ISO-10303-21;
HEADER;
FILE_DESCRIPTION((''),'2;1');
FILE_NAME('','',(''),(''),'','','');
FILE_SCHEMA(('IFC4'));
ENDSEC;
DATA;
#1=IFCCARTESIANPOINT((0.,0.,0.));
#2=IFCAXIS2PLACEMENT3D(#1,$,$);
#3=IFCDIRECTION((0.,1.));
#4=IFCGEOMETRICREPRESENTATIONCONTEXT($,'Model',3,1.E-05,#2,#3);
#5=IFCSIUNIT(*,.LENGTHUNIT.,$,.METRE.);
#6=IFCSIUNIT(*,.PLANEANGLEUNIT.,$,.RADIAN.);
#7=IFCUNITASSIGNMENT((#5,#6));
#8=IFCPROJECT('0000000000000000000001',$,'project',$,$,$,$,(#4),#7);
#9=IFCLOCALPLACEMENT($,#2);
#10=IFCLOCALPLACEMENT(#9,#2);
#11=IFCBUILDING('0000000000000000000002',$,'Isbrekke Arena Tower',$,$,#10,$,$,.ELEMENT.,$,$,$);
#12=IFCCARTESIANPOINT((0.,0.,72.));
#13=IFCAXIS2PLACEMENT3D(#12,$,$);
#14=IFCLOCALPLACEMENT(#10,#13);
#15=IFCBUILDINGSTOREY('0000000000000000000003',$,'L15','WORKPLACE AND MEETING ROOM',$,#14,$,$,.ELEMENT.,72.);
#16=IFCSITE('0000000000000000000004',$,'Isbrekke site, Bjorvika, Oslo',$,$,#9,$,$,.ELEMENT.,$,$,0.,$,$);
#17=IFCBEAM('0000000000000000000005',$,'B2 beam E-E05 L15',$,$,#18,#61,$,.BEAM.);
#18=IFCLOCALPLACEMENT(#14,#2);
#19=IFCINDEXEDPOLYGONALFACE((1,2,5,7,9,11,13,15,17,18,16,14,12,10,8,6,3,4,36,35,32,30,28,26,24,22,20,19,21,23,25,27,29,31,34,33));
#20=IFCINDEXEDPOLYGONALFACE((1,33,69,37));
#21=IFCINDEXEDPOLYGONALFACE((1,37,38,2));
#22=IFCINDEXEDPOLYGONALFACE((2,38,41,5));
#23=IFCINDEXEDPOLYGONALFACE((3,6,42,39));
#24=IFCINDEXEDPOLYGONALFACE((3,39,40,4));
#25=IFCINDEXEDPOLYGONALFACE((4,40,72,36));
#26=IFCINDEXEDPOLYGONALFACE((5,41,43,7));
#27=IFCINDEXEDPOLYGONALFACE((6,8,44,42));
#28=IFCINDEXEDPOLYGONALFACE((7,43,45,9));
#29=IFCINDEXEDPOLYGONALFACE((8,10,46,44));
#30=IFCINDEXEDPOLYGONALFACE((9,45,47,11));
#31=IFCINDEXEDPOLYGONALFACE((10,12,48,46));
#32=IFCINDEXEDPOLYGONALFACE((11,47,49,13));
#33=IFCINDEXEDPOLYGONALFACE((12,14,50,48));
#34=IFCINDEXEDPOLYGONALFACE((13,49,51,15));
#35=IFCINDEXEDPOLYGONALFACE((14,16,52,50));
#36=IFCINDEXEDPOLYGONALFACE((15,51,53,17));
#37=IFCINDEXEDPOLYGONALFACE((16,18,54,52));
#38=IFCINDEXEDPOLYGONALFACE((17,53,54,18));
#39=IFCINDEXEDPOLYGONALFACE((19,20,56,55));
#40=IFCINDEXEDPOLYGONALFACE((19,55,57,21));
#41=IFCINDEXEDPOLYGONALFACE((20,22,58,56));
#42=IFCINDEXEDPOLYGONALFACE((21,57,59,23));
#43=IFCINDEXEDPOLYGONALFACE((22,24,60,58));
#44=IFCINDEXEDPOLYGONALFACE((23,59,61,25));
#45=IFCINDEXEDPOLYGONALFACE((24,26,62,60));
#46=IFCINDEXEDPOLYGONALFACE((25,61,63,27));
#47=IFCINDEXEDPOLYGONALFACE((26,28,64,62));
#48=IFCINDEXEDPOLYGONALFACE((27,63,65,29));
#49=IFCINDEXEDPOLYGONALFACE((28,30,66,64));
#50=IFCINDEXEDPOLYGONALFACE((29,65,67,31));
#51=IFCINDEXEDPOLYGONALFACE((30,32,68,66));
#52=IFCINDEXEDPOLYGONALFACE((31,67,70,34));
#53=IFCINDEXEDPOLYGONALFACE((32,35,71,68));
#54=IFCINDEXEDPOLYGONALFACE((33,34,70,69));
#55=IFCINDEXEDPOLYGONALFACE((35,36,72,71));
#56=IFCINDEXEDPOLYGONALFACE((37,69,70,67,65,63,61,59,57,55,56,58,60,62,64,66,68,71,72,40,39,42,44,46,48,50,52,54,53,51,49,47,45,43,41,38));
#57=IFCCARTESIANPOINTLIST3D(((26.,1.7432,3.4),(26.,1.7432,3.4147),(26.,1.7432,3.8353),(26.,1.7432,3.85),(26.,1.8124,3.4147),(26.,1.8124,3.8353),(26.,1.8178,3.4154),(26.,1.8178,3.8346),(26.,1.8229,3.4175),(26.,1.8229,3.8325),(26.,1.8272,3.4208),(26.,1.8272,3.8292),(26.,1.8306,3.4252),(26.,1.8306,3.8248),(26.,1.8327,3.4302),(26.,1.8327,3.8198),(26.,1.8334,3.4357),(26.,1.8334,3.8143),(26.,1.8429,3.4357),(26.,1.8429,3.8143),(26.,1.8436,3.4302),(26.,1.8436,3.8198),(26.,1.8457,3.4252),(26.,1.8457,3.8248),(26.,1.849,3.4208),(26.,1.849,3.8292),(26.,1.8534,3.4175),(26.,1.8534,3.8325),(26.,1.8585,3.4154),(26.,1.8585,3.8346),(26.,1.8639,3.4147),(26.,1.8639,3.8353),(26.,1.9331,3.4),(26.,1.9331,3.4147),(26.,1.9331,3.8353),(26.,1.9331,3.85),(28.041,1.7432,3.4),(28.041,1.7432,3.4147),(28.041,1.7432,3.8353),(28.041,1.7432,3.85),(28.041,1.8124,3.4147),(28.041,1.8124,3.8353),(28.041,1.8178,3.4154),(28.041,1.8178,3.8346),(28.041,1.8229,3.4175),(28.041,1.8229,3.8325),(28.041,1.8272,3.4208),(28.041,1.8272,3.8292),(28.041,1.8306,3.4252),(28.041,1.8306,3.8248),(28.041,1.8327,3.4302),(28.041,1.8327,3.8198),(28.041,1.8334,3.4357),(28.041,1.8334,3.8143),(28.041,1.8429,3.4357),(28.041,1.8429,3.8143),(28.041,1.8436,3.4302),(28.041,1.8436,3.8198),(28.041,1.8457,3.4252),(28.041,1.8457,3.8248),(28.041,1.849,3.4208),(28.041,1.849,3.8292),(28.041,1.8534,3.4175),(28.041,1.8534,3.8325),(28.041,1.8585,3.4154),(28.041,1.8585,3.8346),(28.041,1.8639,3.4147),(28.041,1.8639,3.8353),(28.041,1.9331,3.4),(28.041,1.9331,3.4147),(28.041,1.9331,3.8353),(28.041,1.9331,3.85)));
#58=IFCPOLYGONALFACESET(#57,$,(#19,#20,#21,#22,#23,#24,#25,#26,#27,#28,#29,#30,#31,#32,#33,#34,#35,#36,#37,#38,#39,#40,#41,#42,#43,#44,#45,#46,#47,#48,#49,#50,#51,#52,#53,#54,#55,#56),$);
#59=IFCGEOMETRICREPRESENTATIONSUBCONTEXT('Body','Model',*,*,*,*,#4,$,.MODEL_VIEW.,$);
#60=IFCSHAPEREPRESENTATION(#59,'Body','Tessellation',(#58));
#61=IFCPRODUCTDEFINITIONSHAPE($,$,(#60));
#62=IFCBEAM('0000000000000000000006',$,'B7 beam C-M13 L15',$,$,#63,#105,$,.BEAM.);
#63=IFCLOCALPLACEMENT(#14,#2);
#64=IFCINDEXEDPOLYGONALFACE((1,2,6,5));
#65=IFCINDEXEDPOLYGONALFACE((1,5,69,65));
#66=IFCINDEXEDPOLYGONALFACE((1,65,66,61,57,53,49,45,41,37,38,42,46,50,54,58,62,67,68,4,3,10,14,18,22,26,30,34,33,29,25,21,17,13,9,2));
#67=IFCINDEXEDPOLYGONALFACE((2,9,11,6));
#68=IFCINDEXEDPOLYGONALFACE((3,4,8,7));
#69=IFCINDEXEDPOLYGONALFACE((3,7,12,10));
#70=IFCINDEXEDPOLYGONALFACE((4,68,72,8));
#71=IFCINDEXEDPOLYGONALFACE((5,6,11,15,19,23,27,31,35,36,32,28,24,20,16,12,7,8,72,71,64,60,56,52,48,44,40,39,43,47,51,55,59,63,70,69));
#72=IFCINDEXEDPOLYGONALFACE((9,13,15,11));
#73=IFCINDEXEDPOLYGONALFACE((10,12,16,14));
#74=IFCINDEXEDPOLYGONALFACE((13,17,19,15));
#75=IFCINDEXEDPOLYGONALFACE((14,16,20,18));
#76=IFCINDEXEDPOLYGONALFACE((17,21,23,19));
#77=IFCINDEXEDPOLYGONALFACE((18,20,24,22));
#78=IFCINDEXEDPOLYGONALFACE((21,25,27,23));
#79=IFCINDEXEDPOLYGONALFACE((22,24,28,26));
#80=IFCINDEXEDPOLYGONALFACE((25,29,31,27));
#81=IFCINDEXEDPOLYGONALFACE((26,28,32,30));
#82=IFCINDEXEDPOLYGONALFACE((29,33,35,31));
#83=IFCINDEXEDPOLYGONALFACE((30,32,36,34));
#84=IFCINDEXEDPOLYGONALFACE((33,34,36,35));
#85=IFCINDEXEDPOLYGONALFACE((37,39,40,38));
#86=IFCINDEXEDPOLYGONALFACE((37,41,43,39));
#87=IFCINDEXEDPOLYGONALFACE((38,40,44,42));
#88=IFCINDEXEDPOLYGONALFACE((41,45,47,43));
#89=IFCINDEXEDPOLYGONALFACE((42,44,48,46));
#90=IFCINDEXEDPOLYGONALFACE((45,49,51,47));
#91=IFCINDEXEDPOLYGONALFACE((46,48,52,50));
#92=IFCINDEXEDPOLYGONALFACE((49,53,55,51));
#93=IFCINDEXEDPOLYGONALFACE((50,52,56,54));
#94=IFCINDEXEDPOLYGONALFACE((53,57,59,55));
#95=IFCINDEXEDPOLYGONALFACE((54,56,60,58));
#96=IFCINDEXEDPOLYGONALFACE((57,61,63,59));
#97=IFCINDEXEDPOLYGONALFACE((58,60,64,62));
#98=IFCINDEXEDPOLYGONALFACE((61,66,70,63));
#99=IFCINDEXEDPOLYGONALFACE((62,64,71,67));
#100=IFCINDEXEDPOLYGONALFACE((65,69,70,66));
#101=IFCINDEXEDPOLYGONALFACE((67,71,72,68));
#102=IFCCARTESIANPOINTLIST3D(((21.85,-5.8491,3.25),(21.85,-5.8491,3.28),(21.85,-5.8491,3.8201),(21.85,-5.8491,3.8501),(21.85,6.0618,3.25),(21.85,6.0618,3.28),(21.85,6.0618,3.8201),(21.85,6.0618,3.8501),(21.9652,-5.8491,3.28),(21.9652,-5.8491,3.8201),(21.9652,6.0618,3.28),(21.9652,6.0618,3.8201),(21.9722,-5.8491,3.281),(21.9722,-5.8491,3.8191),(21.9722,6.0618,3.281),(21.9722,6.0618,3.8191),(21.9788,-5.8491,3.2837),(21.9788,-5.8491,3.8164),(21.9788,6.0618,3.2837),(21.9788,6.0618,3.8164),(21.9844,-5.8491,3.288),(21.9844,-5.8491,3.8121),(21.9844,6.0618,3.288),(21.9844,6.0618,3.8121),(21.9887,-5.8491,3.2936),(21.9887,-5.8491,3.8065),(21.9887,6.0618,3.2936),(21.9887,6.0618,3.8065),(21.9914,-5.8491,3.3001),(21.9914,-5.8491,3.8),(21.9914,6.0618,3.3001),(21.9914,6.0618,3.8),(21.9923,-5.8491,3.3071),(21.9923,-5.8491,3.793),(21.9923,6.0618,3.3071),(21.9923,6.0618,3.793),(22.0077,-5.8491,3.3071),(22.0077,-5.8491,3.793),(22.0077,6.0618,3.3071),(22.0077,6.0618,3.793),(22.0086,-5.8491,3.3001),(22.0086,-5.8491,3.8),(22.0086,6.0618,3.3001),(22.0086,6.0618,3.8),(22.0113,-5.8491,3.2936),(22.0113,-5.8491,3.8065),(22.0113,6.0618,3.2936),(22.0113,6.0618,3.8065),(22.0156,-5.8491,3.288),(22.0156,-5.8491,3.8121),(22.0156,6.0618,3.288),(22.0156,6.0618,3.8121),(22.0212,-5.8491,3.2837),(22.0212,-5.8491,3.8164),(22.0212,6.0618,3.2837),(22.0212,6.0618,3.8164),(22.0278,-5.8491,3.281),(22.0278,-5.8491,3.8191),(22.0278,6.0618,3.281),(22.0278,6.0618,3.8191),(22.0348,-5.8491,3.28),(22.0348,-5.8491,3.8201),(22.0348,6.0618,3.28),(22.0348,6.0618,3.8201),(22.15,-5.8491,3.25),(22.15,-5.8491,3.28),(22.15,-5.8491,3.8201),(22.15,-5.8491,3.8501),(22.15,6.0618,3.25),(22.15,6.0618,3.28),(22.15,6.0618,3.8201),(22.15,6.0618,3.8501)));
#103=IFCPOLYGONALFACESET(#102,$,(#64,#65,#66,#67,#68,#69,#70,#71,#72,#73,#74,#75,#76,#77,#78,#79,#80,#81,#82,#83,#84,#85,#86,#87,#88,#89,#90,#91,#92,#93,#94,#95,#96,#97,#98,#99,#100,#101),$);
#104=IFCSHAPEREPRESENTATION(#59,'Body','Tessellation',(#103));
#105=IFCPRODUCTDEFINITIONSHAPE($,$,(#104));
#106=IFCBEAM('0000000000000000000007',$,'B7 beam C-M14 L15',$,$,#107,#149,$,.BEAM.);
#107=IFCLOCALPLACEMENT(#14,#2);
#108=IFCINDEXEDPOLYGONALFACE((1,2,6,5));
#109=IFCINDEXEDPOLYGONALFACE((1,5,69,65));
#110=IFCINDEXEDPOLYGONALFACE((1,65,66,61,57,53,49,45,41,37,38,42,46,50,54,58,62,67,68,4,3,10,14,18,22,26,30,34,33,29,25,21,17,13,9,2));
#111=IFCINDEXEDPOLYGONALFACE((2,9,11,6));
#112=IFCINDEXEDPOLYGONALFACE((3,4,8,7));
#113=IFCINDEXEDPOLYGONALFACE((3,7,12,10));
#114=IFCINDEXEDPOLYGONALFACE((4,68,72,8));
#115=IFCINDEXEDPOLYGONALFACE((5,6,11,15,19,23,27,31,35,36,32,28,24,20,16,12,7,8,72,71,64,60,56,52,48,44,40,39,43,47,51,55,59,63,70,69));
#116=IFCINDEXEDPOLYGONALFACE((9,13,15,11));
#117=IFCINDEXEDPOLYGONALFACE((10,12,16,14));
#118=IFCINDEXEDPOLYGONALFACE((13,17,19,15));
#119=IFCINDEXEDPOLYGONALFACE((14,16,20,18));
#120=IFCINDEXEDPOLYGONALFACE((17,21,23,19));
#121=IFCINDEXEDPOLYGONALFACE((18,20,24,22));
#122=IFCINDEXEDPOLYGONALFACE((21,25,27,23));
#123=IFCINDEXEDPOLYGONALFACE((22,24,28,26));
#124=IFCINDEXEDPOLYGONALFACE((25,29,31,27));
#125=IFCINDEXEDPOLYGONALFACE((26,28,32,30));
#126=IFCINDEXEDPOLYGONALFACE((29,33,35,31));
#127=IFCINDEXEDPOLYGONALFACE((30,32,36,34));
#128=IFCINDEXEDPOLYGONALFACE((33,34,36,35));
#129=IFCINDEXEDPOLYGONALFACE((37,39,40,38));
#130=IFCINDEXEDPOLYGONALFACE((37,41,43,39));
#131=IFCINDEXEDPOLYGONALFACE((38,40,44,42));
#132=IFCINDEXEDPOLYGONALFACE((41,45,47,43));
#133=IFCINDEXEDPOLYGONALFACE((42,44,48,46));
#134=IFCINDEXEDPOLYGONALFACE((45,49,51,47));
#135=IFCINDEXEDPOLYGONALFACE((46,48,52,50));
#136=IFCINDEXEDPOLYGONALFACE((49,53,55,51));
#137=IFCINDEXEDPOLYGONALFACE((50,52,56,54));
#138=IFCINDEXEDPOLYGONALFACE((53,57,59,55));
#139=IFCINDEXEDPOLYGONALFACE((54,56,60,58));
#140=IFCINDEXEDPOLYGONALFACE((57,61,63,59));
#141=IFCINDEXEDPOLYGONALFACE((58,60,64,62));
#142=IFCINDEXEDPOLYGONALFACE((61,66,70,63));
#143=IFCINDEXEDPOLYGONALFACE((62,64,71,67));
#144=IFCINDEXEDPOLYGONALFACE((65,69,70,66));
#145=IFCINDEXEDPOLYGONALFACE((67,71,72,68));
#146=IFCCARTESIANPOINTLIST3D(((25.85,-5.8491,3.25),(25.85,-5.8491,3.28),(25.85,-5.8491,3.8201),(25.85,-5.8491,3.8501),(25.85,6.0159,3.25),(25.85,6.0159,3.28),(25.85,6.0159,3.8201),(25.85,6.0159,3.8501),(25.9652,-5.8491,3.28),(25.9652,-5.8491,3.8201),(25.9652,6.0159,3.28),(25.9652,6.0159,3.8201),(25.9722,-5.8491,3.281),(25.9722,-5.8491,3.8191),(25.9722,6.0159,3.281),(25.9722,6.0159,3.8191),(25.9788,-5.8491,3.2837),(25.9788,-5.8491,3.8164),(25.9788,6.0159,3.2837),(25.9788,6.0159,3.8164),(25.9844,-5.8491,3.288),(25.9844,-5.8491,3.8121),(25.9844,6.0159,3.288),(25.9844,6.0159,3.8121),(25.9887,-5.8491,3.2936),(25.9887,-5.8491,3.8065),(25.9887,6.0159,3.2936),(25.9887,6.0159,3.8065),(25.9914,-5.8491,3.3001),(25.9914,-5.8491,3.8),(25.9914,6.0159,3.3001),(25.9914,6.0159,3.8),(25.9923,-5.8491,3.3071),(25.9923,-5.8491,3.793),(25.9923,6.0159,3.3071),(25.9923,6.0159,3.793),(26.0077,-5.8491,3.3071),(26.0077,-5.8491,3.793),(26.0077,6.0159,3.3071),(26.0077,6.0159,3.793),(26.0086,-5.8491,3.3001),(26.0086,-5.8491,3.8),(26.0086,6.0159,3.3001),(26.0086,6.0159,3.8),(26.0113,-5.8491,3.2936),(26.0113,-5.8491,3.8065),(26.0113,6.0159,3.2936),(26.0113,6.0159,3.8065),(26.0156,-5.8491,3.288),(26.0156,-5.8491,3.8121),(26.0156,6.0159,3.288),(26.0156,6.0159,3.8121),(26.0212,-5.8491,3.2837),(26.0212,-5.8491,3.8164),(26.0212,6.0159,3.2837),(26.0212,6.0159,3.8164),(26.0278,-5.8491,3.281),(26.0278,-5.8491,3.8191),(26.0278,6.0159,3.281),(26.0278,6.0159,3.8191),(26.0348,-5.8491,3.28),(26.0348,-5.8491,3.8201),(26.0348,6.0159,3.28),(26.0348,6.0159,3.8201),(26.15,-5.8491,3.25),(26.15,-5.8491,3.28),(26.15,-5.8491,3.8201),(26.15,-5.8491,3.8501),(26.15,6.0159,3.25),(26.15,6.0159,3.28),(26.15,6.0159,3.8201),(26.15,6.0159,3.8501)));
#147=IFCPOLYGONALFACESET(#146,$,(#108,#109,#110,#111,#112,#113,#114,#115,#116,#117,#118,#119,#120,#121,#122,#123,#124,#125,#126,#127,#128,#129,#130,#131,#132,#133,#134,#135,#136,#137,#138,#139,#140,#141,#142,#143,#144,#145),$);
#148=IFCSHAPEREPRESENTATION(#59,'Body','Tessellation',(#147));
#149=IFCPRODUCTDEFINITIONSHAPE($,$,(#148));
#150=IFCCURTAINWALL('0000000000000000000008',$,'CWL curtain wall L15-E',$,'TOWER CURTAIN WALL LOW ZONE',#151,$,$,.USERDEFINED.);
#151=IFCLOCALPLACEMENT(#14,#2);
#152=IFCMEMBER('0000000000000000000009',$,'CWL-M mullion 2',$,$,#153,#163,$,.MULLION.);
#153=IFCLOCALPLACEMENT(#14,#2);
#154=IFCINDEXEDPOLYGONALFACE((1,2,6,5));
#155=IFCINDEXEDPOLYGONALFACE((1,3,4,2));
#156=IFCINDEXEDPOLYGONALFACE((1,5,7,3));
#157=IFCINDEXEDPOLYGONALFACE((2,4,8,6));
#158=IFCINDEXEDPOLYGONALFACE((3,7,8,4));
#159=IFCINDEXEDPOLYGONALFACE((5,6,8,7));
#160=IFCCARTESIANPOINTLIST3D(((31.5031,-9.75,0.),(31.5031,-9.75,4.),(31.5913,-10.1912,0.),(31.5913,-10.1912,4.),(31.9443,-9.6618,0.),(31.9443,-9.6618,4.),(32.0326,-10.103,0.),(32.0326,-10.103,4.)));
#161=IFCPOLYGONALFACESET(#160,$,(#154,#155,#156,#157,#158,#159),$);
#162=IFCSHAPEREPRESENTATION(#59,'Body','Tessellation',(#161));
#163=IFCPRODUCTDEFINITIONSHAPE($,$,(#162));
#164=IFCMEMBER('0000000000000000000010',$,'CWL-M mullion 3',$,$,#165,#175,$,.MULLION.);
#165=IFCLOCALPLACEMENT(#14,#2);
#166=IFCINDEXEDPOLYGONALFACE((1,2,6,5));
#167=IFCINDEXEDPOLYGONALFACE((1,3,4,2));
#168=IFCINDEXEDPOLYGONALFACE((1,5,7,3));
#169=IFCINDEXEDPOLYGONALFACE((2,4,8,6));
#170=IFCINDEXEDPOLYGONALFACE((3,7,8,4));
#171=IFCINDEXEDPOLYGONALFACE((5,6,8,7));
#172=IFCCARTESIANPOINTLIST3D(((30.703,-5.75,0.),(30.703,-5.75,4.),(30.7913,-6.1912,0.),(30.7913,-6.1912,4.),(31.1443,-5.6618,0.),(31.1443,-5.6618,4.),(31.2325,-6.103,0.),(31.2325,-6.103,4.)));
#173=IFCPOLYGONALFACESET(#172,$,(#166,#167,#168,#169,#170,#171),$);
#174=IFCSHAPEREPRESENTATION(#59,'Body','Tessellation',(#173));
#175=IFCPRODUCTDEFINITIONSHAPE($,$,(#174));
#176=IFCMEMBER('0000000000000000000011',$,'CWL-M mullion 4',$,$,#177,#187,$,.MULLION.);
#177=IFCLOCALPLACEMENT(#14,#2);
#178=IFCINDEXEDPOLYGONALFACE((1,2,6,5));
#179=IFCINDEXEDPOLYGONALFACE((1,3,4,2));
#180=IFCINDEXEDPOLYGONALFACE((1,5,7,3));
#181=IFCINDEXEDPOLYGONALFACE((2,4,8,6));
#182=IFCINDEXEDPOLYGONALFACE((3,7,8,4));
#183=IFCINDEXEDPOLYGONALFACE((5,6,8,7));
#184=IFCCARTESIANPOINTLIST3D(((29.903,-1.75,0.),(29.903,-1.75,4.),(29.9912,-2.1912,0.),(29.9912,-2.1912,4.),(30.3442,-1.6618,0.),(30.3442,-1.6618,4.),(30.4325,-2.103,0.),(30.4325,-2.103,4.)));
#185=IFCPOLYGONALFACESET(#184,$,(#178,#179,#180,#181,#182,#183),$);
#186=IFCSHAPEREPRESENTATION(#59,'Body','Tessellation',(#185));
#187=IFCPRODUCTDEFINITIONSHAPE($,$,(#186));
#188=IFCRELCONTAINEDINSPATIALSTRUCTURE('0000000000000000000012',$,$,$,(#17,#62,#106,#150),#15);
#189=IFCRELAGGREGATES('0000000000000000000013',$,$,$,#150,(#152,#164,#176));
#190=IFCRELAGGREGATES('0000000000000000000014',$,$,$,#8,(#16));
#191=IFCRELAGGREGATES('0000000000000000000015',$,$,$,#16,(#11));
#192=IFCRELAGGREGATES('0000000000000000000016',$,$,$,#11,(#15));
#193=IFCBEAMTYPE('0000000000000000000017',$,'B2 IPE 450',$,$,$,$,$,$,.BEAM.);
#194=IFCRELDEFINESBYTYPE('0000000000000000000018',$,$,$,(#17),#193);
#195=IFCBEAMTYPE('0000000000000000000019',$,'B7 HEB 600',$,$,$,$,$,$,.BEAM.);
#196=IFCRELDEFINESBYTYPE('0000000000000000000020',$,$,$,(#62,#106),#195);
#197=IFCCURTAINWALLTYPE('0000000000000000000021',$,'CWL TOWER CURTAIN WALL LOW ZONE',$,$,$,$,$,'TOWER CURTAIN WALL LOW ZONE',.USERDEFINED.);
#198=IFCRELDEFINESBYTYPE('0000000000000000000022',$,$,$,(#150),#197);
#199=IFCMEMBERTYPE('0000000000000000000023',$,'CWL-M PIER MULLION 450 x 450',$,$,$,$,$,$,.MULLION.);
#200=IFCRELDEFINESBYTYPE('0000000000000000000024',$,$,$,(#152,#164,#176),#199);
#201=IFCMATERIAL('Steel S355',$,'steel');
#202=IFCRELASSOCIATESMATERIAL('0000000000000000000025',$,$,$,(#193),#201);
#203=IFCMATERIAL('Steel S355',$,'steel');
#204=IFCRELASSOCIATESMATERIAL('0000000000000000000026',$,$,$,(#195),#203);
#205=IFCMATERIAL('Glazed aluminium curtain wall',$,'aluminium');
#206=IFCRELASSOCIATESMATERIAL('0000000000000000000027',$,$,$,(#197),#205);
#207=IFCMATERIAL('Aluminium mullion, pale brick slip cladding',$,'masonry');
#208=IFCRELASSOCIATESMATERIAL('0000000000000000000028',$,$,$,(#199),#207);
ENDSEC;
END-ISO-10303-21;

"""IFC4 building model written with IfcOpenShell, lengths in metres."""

from ifc_helpers import new_model, si_unit, direction, frame, origin, origin_2d, place, context, subcontext, project, spatial, rectangle, i_section, extrude, material, material_profile, profile_set, type_object, element, aggregate, save


model = new_model("IFC4")

# Units and contexts
model_context = context("Model", 3, precision=1e-05, world=origin(), true_north=direction((0.0, 1.0)))
body_context = subcontext(model_context, "Body", "Model", "MODEL_VIEW")
ifc_project = project(units=[si_unit("LENGTHUNIT", "METRE"), si_unit("PLANEANGLEUNIT", "RADIAN")], contexts=[model_context])

# Site, building, storey
site_placement = place(None, origin())
site = spatial("IfcSite", under=ifc_project, at=site_placement, Name="Isbrekke site, Bjorvika, Oslo", CompositionType="ELEMENT", RefElevation=0.0)
building_placement = place(site_placement, origin())
building = spatial("IfcBuilding", under=site, at=building_placement, Name="Isbrekke Arena Tower", CompositionType="ELEMENT")
storey_placement = place(building_placement, frame((0.0, 0.0, 72.0)))
storey = spatial("IfcBuildingStorey", under=building, at=storey_placement, Name="L15", Description="WORKPLACE AND MEETING ROOM", CompositionType="ELEMENT", Elevation=72.0)

# Beams
ifc_material_1 = material(Name="Steel S355", Category="steel")
ifc_material_profile_1 = material_profile(ifc_material_1, i_section(OverallWidth=0.1899, OverallDepth=0.45, WebThickness=0.0095, FlangeThickness=0.0146, FilletRadius=0.021, at=origin_2d()), Name="IPE 450")
ifc_profile_set_1 = profile_set([ifc_material_profile_1], Name="Steel S355")
beam_type_1 = type_object("IfcBeamType", Name="B2 IPE 450", PredefinedType="BEAM", material=ifc_profile_set_1)
beam_1_placement = place(storey_placement, frame((28.041, 1.8381, 3.625), z_axis=(-1.0, 0.0, 0.0), x_axis=(0.0, -1.0, 0.0)))
element("IfcBeam", 1, at=beam_1_placement, inside=storey, type_object=beam_type_1, Name="B2 beam E-E05 L15", PredefinedType="BEAM", context=body_context, shape_type="SweptSolid", body=[
    extrude(i_section(OverallWidth=0.1899, OverallDepth=0.45, WebThickness=0.0095, FlangeThickness=0.0146, FilletRadius=0.021, at=origin_2d()), origin(), (0.0, 0.0, 1.0), 2.041),
])
ifc_material_2 = material(Name="Steel S355", Category="steel")
ifc_material_profile_2 = material_profile(ifc_material_2, i_section(OverallWidth=0.3, OverallDepth=0.6001, WebThickness=0.0154, FlangeThickness=0.03, FilletRadius=0.0271, at=origin_2d()), Name="HEB 600")
ifc_profile_set_2 = profile_set([ifc_material_profile_2], Name="Steel S355")
beam_type_2 = type_object("IfcBeamType", Name="B7 HEB 600", PredefinedType="BEAM", material=ifc_profile_set_2)
beam_2_placement = place(storey_placement, frame((22.0, -5.8491, 3.55), z_axis=(0.0, 1.0, 0.0), x_axis=(-1.0, 0.0, 0.0)))
element("IfcBeam", 2, at=beam_2_placement, inside=storey, type_object=beam_type_2, Name="B7 beam C-M13 L15", PredefinedType="BEAM", context=body_context, shape_type="SweptSolid", body=[
    extrude(i_section(OverallWidth=0.3, OverallDepth=0.6001, WebThickness=0.0154, FlangeThickness=0.03, FilletRadius=0.0271, at=origin_2d()), origin(), (0.0, 0.0, 1.0), 11.9109),
])
beam_3_placement = place(storey_placement, frame((26.0, -5.8491, 3.55), z_axis=(0.0, 1.0, 0.0), x_axis=(-1.0, 0.0, 0.0)))
element("IfcBeam", 3, at=beam_3_placement, inside=storey, type_object=beam_type_2, Name="B7 beam C-M14 L15", PredefinedType="BEAM", context=body_context, shape_type="SweptSolid", body=[
    extrude(i_section(OverallWidth=0.3, OverallDepth=0.6001, WebThickness=0.0154, FlangeThickness=0.03, FilletRadius=0.0271, at=origin_2d()), origin(), (0.0, 0.0, 1.0), 11.865),
])

# Curtain wall, members
ifc_material_3 = material(Name="Glazed aluminium curtain wall", Category="aluminium")
curtain_wall_type = type_object("IfcCurtainWallType", Name="CWL TOWER CURTAIN WALL LOW ZONE", ElementType="TOWER CURTAIN WALL LOW ZONE", PredefinedType="USERDEFINED", material=ifc_material_3)
curtain_wall_placement = place(storey_placement, origin())
curtain_wall = element("IfcCurtainWall", 4, at=curtain_wall_placement, inside=storey, type_object=curtain_wall_type, Name="CWL curtain wall L15-E", ObjectType="TOWER CURTAIN WALL LOW ZONE", PredefinedType="USERDEFINED")
ifc_material_4 = material(Name="Aluminium mullion, pale brick slip cladding", Category="masonry")
ifc_material_profile_3 = material_profile(ifc_material_4, rectangle(XDim=0.45, YDim=0.45, at=origin_2d()), Name="PIER 450X450")
ifc_profile_set_3 = profile_set([ifc_material_profile_3], Name="Aluminium mullion, pale brick slip cladding")
member_type_1 = type_object("IfcMemberType", Name="CWL-M PIER MULLION 450 x 450", PredefinedType="MULLION", material=ifc_profile_set_3)
member_1_placement = place(storey_placement, frame((31.7678, -9.9265, 0.0), z_axis=(0.0, 0.0, 1.0), x_axis=(-0.196116, 0.980581, 0.0)))
member_1 = element("IfcMember", 5, at=member_1_placement, type_object=member_type_1, Name="CWL-M mullion 2", PredefinedType="MULLION", context=body_context, shape_type="SweptSolid", body=[
    extrude(rectangle(XDim=0.45, YDim=0.45, at=origin_2d()), origin(), (0.0, 0.0, 1.0), 4.0),
])
member_2_placement = place(storey_placement, frame((30.9678, -5.9265, 0.0), z_axis=(0.0, 0.0, 1.0), x_axis=(-0.196116, 0.980581, 0.0)))
member_2 = element("IfcMember", 6, at=member_2_placement, type_object=member_type_1, Name="CWL-M mullion 3", PredefinedType="MULLION", context=body_context, shape_type="SweptSolid", body=[
    extrude(rectangle(XDim=0.45, YDim=0.45, at=origin_2d()), origin(), (0.0, 0.0, 1.0), 4.0),
])
member_3_placement = place(storey_placement, frame((30.1677, -1.9265, 0.0), z_axis=(0.0, 0.0, 1.0), x_axis=(-0.196116, 0.980581, 0.0)))
member_3 = element("IfcMember", 7, at=member_3_placement, type_object=member_type_1, Name="CWL-M mullion 4", PredefinedType="MULLION", context=body_context, shape_type="SweptSolid", body=[
    extrude(rectangle(XDim=0.45, YDim=0.45, at=origin_2d()), origin(), (0.0, 0.0, 1.0), 4.0),
])

aggregate(curtain_wall, [member_1, member_2, member_3])

save(model, "model.ifc")
